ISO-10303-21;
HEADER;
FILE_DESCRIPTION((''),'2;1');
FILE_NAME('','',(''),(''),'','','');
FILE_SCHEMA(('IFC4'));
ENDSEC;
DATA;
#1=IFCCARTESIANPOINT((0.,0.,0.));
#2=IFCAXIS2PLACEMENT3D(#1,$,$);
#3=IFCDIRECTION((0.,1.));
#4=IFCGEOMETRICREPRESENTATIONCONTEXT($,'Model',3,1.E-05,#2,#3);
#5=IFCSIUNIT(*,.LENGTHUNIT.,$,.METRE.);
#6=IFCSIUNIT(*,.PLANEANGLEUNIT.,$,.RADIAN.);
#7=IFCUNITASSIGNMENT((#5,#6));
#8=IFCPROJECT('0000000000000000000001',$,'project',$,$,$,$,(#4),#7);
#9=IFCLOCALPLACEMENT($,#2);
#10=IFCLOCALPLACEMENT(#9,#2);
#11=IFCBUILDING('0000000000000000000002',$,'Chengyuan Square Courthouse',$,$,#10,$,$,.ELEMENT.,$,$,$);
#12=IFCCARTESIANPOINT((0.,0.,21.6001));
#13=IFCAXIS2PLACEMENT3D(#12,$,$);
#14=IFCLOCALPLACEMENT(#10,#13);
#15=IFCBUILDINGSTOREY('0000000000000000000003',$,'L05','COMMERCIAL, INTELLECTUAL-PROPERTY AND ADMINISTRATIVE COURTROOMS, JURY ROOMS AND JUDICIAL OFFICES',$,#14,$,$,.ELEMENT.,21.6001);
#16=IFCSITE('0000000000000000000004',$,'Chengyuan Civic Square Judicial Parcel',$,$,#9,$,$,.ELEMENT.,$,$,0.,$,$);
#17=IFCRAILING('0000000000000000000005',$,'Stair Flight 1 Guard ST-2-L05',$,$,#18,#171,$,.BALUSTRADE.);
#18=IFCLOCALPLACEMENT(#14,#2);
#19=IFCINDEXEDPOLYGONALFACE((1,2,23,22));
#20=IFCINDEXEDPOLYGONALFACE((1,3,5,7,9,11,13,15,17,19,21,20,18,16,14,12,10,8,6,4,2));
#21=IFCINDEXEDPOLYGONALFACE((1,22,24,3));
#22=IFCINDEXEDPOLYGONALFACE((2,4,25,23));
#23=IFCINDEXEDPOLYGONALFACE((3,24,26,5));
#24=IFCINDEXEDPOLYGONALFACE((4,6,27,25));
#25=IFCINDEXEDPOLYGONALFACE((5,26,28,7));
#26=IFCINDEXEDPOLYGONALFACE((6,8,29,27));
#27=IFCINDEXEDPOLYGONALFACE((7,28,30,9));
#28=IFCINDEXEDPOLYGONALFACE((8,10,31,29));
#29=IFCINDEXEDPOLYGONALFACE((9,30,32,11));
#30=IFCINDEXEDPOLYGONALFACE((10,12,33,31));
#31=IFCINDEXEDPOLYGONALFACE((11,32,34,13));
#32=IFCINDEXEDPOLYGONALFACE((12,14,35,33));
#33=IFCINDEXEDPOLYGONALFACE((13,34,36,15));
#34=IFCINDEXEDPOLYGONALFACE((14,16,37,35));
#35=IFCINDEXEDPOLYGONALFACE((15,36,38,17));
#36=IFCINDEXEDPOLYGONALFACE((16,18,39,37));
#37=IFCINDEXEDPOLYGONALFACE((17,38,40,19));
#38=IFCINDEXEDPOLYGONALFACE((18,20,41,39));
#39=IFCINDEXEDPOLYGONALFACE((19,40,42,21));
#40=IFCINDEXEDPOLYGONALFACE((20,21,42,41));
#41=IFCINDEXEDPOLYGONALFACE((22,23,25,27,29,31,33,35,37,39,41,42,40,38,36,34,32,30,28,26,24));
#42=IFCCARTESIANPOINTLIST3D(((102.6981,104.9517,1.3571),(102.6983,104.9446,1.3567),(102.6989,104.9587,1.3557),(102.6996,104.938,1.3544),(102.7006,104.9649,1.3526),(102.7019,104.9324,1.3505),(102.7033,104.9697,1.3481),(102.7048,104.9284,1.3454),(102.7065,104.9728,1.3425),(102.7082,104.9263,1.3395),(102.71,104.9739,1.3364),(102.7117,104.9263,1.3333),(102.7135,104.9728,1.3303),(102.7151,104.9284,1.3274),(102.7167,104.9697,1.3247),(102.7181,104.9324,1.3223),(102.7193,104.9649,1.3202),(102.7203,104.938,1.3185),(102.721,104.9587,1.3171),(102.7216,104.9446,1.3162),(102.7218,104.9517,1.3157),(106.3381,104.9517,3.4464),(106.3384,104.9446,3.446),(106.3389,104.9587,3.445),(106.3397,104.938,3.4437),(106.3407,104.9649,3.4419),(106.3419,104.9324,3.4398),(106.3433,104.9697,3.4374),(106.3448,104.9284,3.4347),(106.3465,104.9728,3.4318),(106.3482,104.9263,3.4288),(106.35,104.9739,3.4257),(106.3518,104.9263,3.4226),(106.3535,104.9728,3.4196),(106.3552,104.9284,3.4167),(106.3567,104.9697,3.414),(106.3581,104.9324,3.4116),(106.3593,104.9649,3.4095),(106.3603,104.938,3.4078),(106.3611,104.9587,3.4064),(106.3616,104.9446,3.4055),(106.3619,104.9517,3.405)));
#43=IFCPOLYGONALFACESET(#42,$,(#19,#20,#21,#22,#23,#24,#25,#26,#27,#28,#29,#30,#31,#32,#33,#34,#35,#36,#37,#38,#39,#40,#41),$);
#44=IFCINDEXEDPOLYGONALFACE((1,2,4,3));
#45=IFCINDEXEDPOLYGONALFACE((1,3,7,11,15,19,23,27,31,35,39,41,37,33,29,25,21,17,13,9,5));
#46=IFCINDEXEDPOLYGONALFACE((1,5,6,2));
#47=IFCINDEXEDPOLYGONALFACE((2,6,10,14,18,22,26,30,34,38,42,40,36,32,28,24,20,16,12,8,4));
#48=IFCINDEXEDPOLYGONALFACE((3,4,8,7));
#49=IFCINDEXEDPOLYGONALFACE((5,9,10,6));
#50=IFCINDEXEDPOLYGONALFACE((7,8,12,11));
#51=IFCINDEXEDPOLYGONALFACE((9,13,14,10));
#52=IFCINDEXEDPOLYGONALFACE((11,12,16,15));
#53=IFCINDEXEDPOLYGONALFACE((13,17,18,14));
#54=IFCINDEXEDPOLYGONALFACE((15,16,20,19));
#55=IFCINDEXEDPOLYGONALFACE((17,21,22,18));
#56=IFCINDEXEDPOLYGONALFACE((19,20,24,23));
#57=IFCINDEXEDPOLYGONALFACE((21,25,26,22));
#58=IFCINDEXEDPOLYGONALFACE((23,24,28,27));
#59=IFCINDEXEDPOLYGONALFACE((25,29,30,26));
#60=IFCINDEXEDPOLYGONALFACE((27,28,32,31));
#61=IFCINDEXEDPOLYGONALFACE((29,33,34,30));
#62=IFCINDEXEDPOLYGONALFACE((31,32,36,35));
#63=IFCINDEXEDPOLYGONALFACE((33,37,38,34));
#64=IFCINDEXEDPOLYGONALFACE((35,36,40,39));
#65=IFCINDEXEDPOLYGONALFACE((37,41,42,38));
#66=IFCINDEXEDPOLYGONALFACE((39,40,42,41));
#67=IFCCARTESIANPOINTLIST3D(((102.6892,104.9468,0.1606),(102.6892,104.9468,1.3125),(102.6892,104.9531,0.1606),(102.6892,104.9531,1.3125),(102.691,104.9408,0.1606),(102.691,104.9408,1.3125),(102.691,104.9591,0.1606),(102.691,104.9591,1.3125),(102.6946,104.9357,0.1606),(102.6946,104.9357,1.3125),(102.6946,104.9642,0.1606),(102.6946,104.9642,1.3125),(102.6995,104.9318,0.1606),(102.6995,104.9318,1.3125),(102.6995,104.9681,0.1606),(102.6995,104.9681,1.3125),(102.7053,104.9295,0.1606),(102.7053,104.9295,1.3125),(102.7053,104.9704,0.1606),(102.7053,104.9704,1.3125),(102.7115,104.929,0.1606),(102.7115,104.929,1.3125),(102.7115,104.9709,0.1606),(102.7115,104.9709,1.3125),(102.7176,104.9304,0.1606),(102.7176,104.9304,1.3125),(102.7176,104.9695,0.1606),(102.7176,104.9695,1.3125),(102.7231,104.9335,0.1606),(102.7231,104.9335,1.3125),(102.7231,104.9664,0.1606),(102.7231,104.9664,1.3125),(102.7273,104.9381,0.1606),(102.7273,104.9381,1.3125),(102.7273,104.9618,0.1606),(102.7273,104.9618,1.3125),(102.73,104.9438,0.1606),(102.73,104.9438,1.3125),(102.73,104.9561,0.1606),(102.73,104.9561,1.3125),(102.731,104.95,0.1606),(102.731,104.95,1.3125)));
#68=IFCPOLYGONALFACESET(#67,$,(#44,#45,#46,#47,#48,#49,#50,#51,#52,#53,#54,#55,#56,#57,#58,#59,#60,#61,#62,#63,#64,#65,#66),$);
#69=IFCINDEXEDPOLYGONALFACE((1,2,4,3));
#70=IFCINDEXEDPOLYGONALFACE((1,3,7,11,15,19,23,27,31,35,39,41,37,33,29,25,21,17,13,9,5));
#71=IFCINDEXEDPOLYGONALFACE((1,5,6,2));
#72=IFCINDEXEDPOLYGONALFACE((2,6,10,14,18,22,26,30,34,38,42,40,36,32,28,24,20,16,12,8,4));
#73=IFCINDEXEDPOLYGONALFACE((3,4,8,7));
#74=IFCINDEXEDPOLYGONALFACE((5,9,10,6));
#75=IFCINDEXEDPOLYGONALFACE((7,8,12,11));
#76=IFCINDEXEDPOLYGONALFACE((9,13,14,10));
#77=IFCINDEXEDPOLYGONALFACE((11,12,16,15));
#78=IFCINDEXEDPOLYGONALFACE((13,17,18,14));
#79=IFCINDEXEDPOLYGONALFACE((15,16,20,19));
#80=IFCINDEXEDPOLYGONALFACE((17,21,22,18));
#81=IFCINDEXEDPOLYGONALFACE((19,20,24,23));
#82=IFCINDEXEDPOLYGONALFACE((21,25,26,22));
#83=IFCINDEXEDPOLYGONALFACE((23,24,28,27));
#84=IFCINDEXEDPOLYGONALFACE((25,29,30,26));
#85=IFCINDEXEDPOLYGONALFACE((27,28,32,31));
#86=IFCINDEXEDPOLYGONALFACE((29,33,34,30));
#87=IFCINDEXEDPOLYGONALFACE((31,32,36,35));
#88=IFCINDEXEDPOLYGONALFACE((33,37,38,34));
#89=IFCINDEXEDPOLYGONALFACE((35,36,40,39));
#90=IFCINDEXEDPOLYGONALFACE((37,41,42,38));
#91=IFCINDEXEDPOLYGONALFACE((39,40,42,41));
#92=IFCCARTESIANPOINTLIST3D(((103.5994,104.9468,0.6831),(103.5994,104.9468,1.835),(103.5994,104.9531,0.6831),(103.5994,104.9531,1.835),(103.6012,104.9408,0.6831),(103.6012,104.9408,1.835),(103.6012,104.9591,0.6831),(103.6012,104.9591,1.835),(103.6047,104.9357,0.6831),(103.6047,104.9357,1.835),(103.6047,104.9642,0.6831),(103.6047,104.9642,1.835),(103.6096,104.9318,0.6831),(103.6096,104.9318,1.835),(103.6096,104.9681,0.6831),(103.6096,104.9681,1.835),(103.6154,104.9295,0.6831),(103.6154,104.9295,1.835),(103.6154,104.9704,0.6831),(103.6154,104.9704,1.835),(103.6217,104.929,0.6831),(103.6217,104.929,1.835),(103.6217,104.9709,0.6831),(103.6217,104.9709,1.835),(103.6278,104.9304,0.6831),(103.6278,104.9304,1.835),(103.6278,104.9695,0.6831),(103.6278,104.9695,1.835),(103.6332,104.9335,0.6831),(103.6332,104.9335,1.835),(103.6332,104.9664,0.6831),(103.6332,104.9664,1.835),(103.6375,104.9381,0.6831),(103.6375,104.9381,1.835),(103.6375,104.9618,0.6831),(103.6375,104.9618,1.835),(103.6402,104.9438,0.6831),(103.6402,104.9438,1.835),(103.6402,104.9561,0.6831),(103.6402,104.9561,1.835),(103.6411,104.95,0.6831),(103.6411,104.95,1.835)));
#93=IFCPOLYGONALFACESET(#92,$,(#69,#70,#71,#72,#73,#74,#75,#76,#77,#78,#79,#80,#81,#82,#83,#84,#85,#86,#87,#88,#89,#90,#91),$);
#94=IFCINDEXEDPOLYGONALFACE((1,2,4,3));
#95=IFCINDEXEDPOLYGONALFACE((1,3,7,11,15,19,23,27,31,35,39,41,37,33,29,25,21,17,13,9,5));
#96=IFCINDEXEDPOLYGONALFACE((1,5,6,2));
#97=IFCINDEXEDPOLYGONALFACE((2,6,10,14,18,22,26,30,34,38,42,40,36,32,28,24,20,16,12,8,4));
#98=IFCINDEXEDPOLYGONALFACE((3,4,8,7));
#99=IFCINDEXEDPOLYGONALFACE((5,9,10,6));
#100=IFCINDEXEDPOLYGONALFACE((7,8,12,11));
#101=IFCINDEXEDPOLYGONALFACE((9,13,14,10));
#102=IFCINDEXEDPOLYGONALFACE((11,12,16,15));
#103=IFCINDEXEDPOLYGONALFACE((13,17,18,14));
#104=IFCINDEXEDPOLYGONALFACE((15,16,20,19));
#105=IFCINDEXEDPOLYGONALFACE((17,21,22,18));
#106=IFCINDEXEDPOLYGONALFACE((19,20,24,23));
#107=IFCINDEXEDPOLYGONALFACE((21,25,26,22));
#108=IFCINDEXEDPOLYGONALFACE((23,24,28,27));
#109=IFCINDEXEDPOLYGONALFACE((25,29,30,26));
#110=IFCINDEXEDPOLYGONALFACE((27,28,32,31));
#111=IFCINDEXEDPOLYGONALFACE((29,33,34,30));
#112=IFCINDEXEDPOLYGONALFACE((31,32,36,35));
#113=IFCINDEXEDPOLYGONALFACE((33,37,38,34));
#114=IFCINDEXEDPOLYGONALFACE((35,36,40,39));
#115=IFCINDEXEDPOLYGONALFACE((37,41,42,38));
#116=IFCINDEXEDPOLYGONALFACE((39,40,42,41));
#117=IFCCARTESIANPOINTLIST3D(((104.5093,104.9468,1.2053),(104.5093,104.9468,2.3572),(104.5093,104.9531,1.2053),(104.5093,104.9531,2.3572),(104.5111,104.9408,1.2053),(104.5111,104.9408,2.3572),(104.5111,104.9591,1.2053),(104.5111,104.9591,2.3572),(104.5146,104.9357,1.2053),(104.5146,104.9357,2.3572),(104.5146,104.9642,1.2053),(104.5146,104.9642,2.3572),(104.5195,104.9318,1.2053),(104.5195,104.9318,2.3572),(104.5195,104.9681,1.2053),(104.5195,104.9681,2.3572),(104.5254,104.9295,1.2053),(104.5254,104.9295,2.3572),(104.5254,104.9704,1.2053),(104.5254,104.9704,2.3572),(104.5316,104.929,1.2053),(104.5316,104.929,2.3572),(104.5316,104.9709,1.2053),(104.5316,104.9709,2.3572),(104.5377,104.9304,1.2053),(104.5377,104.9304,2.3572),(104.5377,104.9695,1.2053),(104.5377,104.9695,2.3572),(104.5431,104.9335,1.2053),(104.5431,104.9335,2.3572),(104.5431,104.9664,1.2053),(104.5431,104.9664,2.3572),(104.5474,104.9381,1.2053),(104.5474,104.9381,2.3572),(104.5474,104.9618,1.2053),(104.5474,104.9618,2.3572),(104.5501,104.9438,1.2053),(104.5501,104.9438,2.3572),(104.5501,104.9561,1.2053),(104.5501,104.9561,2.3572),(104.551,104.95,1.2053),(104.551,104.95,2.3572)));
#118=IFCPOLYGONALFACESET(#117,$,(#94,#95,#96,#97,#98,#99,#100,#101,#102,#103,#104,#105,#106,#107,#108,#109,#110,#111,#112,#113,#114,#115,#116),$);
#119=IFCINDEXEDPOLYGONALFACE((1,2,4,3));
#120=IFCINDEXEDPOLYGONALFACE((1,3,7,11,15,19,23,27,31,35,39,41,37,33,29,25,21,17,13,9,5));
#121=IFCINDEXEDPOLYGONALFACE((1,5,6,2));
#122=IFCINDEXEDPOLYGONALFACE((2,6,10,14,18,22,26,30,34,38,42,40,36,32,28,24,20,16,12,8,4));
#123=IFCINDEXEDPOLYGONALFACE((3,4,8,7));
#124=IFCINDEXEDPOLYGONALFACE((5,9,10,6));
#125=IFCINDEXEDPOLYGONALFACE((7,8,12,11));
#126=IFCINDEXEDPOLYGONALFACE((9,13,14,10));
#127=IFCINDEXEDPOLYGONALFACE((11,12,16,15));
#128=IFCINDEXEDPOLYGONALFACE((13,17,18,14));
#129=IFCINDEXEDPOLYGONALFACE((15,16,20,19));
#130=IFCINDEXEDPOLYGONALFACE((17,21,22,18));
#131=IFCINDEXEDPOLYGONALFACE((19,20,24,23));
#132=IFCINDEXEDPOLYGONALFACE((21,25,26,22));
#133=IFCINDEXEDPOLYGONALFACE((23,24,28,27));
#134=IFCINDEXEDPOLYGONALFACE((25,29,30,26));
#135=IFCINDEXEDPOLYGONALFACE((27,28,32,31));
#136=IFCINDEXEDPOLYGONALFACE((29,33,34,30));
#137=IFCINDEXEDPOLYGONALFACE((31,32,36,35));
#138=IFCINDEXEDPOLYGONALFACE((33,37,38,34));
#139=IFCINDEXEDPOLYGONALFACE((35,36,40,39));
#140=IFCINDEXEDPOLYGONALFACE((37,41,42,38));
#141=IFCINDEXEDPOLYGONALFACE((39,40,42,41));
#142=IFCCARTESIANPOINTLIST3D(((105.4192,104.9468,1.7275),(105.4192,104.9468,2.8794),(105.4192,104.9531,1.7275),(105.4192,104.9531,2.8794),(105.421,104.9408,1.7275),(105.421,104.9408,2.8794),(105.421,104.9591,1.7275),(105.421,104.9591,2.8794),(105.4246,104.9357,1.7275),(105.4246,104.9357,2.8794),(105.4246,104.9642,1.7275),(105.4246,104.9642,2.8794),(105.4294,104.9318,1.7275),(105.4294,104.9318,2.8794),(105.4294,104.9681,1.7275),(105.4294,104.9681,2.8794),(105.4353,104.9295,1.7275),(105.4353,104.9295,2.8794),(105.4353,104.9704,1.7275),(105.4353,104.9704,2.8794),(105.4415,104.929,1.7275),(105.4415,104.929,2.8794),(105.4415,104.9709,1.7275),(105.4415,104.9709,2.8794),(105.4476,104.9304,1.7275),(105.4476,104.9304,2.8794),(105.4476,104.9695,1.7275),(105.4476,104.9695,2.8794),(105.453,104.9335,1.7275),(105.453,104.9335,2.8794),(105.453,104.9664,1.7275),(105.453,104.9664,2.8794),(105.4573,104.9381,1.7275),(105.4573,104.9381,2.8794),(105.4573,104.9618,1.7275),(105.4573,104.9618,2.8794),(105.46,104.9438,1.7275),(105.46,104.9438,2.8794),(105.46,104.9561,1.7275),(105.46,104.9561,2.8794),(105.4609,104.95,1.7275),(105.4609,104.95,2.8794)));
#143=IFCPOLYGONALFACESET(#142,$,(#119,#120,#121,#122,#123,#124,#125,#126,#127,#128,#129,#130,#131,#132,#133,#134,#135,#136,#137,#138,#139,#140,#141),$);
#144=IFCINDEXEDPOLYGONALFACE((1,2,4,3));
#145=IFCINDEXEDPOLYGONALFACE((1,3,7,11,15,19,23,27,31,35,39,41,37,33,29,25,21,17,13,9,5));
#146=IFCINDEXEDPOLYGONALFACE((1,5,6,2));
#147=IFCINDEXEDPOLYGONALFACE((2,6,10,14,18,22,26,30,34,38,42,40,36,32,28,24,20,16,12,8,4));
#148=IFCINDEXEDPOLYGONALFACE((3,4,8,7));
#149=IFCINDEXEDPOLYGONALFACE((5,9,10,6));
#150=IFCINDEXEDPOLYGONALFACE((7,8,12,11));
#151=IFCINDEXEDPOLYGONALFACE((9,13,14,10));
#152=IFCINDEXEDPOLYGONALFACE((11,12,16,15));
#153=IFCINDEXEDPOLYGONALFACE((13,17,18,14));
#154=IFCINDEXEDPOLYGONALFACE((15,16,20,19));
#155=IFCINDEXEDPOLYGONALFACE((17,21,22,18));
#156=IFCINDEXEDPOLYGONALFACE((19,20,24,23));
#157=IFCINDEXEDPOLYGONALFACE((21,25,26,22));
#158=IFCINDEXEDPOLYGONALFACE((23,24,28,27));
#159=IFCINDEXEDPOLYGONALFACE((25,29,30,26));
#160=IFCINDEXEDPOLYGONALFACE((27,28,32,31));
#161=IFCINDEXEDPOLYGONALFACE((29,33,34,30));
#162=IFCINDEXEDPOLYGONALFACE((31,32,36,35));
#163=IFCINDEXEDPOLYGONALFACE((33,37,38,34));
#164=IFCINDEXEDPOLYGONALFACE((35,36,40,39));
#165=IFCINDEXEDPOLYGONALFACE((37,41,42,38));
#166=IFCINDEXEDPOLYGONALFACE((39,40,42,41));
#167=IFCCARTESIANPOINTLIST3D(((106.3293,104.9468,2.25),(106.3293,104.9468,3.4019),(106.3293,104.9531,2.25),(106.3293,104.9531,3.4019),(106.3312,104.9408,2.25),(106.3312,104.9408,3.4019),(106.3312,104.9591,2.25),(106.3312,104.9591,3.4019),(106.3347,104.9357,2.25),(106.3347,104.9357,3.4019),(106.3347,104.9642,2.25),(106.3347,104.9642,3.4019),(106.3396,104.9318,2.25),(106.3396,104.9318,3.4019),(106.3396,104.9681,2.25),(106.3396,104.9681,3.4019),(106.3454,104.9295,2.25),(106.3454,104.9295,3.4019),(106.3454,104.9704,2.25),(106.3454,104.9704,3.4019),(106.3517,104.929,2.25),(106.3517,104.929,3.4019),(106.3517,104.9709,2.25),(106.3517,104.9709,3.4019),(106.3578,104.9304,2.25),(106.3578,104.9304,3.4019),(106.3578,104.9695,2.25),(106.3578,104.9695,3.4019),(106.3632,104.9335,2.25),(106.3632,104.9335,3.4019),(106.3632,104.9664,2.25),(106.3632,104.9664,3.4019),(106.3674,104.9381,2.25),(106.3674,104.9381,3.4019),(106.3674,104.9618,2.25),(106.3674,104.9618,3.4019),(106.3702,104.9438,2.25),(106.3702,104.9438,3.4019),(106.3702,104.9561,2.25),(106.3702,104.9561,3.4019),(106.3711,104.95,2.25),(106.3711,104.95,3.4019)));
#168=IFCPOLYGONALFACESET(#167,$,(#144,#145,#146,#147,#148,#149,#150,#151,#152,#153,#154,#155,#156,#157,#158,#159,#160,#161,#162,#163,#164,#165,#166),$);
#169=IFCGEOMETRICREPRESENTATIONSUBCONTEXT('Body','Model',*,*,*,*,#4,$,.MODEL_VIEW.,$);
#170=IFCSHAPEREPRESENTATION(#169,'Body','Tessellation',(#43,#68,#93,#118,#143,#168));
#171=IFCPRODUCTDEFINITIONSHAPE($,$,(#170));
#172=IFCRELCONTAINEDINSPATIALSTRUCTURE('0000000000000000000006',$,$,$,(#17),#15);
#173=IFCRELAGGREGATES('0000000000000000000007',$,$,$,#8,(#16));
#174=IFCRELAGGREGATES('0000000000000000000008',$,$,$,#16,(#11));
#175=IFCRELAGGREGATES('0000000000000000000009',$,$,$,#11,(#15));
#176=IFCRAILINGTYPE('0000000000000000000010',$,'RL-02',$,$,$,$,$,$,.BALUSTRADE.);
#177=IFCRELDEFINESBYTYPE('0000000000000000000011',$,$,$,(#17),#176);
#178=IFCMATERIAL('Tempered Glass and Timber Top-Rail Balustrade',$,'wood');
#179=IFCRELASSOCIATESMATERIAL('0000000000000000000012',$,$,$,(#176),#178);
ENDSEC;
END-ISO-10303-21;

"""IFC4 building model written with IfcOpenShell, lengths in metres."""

from ifc_helpers import new_model, si_unit, direction, frame, origin, origin_2d, place, context, subcontext, project, spatial, circle, extrude, material, type_object, element, save


model = new_model("IFC4")

# Units and contexts
model_context = context("Model", 3, precision=1e-05, world=origin(), true_north=direction((0.0, 1.0)))
body_context = subcontext(model_context, "Body", "Model", "MODEL_VIEW")
ifc_project = project(units=[si_unit("LENGTHUNIT", "METRE"), si_unit("PLANEANGLEUNIT", "RADIAN")], contexts=[model_context])

# Site, building, storey
site_placement = place(None, origin())
site = spatial("IfcSite", under=ifc_project, at=site_placement, Name="Chengyuan Civic Square Judicial Parcel", CompositionType="ELEMENT", RefElevation=0.0)
building_placement = place(site_placement, origin())
building = spatial("IfcBuilding", under=site, at=building_placement, Name="Chengyuan Square Courthouse", CompositionType="ELEMENT")
storey_placement = place(building_placement, frame((0.0, 0.0, 21.6001)))
storey = spatial("IfcBuildingStorey", under=building, at=storey_placement, Name="L05", Description="COMMERCIAL, INTELLECTUAL-PROPERTY AND ADMINISTRATIVE COURTROOMS, JURY ROOMS AND JUDICIAL OFFICES", CompositionType="ELEMENT", Elevation=21.6001)

# Railing
ifc_material_1 = material(Name="Tempered Glass and Timber Top-Rail Balustrade", Category="wood")
railing_type_1 = type_object("IfcRailingType", Name="RL-02", PredefinedType="BALUSTRADE", material=ifc_material_1)
railing_1_placement = place(storey_placement, frame((102.71, 104.95, 0.1606)))
element("IfcRailing", 1, at=railing_1_placement, inside=storey, type_object=railing_type_1, Name="Stair Flight 1 Guard ST-2-L05", PredefinedType="BALUSTRADE", context=body_context, shape_type="SweptSolid", body=[
    extrude(circle(Radius=0.0239, at=origin_2d()), frame((0.0, 0.0, 1.1758), z_axis=(0.867289, 0.0, 0.497804), x_axis=(0.0, 1.0, 0.0)), (0.0, 0.0, 1.0), 4.197),
    extrude(circle(Radius=0.021, at=origin_2d()), origin(), (0.0, 0.0, 1.0), 1.1519),
    extrude(circle(Radius=0.021, at=origin_2d()), frame((0.9102, 0.0, 0.5225)), (0.0, 0.0, 1.0), 1.1519),
    extrude(circle(Radius=0.021, at=origin_2d()), frame((1.8201, 0.0, 1.0447)), (0.0, 0.0, 1.0), 1.1519),
    extrude(circle(Radius=0.021, at=origin_2d()), frame((2.73, 0.0, 1.5669)), (0.0, 0.0, 1.0), 1.1519),
    extrude(circle(Radius=0.021, at=origin_2d()), frame((3.6401, 0.0, 2.0894)), (0.0, 0.0, 1.0), 1.1519),
])

save(model, "model.ifc")
